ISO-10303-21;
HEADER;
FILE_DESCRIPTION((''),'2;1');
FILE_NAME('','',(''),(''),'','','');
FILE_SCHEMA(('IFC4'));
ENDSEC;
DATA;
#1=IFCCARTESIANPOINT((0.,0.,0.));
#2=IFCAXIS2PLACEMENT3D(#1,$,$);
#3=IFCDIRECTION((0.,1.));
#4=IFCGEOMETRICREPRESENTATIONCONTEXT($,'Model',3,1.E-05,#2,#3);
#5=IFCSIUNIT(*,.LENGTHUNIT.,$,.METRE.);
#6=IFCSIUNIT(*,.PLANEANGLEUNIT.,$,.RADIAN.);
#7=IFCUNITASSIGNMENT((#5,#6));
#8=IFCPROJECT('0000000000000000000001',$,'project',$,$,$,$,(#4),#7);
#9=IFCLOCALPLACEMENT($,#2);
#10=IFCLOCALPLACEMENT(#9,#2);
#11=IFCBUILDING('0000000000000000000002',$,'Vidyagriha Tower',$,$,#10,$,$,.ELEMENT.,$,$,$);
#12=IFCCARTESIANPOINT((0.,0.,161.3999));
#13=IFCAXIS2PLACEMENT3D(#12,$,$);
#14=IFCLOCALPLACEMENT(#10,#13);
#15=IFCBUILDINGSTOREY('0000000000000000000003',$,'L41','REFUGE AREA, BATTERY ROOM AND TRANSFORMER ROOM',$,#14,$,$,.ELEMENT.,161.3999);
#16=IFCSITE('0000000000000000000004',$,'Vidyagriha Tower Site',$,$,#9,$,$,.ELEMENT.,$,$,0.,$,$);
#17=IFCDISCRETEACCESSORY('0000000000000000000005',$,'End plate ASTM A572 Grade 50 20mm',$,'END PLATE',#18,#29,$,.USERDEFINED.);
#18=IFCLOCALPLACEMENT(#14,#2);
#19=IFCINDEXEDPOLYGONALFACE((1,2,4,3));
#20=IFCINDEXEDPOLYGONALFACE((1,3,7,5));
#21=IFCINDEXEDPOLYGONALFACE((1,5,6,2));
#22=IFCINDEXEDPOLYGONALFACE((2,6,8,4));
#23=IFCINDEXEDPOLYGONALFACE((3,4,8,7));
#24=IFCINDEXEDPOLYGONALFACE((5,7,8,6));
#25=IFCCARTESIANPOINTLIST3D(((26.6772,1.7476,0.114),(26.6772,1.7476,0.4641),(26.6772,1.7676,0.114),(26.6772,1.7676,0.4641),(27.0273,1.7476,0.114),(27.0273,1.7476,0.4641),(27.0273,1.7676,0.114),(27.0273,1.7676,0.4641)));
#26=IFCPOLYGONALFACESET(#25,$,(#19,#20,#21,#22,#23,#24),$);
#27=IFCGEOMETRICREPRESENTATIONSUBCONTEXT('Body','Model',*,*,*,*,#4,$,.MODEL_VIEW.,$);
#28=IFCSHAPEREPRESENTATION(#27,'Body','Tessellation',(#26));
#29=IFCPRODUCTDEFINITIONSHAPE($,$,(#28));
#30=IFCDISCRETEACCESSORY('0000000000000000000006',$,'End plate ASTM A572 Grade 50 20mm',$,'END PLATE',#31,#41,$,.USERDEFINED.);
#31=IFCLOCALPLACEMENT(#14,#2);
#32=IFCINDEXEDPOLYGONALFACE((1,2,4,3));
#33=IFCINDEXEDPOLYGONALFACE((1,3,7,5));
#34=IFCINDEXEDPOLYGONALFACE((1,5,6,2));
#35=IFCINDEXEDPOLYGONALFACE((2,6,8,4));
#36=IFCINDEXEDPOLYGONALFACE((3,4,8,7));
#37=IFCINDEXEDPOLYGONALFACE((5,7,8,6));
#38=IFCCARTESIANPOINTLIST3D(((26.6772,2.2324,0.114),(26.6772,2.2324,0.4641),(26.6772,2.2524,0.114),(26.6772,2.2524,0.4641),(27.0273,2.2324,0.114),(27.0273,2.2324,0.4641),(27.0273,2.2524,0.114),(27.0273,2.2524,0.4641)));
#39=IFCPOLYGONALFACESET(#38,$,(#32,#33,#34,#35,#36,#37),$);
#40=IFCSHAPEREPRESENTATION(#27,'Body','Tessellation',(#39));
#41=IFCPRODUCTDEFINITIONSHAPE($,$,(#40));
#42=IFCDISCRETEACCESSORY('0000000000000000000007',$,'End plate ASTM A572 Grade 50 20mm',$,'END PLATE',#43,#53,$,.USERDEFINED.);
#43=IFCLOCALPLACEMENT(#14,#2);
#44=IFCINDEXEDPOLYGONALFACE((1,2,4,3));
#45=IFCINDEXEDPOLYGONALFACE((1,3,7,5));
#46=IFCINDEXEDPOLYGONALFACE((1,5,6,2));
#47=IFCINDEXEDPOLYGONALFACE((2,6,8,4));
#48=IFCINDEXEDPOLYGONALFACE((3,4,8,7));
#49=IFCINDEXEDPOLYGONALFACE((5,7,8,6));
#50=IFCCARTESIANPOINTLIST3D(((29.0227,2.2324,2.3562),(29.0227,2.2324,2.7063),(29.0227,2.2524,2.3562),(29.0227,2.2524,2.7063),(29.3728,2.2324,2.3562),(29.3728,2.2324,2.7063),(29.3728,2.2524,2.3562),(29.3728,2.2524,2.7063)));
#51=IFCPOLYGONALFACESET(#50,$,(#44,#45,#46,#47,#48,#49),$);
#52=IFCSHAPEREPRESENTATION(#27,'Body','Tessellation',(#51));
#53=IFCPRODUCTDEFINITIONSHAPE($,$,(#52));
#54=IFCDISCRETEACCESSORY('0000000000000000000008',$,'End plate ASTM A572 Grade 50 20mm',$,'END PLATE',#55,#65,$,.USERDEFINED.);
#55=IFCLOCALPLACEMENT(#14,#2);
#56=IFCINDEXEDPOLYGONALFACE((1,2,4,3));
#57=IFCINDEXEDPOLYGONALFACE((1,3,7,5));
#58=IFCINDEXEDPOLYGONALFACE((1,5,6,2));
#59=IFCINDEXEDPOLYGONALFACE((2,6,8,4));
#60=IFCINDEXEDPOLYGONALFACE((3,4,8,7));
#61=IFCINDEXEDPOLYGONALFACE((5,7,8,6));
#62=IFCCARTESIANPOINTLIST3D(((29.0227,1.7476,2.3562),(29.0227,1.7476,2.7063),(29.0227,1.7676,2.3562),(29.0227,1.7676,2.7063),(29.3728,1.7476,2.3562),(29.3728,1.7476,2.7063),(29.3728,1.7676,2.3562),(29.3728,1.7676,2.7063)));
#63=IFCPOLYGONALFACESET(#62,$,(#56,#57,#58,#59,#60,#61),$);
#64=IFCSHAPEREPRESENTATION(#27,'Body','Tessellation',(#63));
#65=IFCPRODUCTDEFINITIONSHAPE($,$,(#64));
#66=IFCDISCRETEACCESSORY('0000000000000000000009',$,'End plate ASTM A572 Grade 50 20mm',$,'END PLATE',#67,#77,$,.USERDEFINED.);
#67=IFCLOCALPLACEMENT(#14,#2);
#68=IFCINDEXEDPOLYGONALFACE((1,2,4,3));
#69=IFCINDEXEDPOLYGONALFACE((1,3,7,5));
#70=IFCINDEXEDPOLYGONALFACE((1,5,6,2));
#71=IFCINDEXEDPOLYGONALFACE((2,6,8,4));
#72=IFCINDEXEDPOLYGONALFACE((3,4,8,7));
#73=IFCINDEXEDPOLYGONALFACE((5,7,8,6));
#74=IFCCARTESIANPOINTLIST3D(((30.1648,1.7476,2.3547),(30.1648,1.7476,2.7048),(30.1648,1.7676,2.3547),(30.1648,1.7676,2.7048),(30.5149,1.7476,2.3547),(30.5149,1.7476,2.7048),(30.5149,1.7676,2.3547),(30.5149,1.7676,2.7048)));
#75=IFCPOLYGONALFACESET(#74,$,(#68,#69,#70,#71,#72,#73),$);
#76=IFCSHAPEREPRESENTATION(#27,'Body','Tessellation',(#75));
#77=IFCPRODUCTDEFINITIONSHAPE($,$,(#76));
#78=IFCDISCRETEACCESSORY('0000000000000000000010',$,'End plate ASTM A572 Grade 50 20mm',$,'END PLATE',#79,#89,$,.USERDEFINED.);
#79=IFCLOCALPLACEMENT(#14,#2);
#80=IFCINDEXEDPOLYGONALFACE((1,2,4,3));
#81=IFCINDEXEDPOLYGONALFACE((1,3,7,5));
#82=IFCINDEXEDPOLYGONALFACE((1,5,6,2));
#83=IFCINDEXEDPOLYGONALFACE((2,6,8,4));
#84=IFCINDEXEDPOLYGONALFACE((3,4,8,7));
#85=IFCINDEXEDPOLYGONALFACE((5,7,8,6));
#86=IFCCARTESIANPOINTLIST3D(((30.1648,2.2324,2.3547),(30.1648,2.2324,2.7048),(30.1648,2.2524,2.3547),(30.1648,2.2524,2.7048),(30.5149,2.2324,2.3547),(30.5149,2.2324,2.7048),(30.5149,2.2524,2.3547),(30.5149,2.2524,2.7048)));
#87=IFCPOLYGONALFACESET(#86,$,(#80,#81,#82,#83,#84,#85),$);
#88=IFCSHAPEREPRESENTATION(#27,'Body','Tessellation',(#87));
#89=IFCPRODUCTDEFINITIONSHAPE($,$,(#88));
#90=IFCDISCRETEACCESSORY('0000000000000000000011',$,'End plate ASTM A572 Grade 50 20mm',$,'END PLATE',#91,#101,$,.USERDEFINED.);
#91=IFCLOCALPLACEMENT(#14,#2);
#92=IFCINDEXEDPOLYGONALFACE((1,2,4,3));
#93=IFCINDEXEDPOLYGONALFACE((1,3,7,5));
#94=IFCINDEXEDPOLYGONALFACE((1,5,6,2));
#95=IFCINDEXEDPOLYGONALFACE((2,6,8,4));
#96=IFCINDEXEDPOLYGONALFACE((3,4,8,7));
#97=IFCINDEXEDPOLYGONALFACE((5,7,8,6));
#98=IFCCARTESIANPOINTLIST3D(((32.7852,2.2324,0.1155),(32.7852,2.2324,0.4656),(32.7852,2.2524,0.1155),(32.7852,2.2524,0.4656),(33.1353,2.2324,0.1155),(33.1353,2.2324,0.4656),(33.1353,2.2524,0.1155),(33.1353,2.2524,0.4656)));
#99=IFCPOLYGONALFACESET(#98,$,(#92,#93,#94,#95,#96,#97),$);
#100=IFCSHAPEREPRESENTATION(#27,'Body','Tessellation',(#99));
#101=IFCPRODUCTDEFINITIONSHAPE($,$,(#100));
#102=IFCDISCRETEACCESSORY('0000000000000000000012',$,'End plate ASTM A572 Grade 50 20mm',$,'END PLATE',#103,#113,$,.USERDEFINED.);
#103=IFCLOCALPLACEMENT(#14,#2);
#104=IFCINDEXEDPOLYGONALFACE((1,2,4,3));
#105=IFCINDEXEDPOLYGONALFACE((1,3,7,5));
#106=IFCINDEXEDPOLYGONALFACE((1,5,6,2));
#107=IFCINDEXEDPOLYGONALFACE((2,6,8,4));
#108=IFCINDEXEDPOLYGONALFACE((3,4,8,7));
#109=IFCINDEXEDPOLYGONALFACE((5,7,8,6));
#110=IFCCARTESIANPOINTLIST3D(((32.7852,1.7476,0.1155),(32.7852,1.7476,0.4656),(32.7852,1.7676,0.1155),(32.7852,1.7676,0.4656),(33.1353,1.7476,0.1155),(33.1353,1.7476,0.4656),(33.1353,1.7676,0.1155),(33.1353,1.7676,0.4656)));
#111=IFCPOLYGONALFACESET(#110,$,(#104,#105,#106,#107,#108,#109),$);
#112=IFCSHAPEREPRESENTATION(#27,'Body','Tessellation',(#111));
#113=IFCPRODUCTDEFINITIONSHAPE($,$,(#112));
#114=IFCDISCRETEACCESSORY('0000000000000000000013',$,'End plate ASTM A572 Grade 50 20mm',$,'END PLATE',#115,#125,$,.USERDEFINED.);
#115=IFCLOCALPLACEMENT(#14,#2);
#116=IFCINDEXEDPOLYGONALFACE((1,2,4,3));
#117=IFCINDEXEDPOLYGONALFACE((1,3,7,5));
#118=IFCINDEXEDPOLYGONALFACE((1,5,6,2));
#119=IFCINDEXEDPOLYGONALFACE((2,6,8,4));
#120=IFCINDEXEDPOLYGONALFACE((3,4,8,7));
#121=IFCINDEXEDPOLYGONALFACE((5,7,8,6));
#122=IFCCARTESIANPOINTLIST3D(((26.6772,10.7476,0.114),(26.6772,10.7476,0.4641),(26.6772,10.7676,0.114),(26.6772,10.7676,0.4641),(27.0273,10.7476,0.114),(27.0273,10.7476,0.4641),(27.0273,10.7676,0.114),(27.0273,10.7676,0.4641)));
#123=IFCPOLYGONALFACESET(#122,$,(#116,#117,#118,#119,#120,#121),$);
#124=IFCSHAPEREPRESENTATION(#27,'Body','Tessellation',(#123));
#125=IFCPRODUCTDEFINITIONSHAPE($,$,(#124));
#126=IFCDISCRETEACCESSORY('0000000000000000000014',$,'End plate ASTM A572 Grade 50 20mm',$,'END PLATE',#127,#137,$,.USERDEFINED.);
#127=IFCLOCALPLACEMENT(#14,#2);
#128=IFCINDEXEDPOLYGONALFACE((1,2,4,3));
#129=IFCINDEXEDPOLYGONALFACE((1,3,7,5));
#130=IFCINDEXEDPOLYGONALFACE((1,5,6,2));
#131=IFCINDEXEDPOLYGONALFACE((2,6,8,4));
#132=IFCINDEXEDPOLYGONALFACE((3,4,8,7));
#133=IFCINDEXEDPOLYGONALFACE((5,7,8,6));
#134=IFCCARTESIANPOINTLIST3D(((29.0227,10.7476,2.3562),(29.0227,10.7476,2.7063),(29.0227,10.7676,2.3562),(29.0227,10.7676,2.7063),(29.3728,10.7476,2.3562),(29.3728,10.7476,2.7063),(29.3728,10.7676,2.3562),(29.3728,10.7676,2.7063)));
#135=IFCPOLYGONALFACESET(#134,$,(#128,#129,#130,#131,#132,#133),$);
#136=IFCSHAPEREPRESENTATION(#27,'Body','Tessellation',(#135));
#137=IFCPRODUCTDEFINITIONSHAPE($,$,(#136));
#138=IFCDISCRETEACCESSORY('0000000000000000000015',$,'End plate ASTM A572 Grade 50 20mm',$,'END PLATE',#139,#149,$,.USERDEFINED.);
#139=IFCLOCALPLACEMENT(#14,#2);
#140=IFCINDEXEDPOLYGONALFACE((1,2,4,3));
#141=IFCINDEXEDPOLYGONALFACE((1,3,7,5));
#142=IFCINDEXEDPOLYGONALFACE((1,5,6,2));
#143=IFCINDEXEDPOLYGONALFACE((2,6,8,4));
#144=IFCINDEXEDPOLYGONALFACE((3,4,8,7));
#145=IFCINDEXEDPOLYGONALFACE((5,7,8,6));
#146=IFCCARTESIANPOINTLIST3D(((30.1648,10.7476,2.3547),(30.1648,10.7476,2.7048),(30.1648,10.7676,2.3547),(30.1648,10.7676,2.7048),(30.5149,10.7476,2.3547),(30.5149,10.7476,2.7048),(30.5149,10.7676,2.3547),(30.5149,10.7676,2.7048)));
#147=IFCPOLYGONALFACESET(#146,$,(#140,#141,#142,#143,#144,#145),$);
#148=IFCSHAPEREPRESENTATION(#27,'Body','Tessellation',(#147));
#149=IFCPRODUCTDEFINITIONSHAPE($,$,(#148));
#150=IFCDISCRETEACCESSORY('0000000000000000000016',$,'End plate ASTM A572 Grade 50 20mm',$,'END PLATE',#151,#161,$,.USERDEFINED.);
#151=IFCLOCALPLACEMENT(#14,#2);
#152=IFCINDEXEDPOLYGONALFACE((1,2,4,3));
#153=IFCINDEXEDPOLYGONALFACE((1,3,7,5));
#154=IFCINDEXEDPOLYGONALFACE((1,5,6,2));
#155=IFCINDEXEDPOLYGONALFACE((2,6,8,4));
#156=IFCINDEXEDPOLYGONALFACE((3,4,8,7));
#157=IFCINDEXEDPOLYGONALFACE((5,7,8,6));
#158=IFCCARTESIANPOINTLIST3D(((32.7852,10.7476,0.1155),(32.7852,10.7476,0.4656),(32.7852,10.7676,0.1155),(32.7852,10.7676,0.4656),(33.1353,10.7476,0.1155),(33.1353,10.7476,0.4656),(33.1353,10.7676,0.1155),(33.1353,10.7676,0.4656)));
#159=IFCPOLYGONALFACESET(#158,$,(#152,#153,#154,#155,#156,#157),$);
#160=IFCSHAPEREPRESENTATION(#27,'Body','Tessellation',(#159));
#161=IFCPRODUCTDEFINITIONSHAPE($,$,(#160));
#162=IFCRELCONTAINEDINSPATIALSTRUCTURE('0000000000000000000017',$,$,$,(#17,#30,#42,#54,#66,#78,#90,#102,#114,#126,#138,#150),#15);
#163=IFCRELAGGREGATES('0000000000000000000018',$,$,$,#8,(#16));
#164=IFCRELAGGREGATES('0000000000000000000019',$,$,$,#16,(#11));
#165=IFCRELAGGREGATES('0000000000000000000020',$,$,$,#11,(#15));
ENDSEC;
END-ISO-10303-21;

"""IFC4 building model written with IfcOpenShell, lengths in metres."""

from ifc_helpers import new_model, si_unit, direction, frame, origin, origin_2d, place, context, subcontext, project, spatial, rectangle, extrude, element, save


model = new_model("IFC4")

# Units and contexts
model_context = context("Model", 3, precision=1e-05, world=origin(), true_north=direction((0.0, 1.0)))
body_context = subcontext(model_context, "Body", "Model", "MODEL_VIEW")
ifc_project = project(units=[si_unit("LENGTHUNIT", "METRE"), si_unit("PLANEANGLEUNIT", "RADIAN")], contexts=[model_context])

# Site, building, storey
site_placement = place(None, origin())
site = spatial("IfcSite", under=ifc_project, at=site_placement, Name="Vidyagriha Tower Site", CompositionType="ELEMENT", RefElevation=0.0)
building_placement = place(site_placement, origin())
building = spatial("IfcBuilding", under=site, at=building_placement, Name="Vidyagriha Tower", CompositionType="ELEMENT")
storey_placement = place(building_placement, frame((0.0, 0.0, 161.3999)))
storey = spatial("IfcBuildingStorey", under=building, at=storey_placement, Name="L41", Description="REFUGE AREA, BATTERY ROOM AND TRANSFORMER ROOM", CompositionType="ELEMENT", Elevation=161.3999)

# Discrete accessories
for number, where, z_axis, x_axis, name in (
    (1, (26.8523, 1.7576, 0.114), (0.0, 0.0, 1.0), (-1.0, 0.0, 0.0), "End plate ASTM A572 Grade 50 20mm"),
    (2, (26.8523, 2.2424, 0.114), (0.0, 0.0, 1.0), (-1.0, 0.0, 0.0), "End plate ASTM A572 Grade 50 20mm"),
):
    element("IfcDiscreteAccessory", number, at=place(storey_placement, frame(where, z_axis=z_axis, x_axis=x_axis)), inside=storey, Name=name, ObjectType="END PLATE", PredefinedType="USERDEFINED", context=body_context, shape_type="SweptSolid", body=[
        extrude(rectangle(XDim=0.3501, YDim=0.02, at=origin_2d()), origin(), (0.0, 0.0, 1.0), 0.3501),
    ])
for number, where, name in (
    (3, (29.1978, 2.2424, 2.3562), "End plate ASTM A572 Grade 50 20mm"),
    (4, (29.1978, 1.7576, 2.3562), "End plate ASTM A572 Grade 50 20mm"),
):
    element("IfcDiscreteAccessory", number, at=place(storey_placement, frame(where)), inside=storey, Name=name, ObjectType="END PLATE", PredefinedType="USERDEFINED", context=body_context, shape_type="SweptSolid", body=[
        extrude(rectangle(XDim=0.3501, YDim=0.02, at=origin_2d()), origin(), (0.0, 0.0, 1.0), 0.3501),
    ])
for number, where, z_axis, x_axis, name in (
    (5, (30.3398, 1.7576, 2.3547), (0.0, 0.0, 1.0), (-1.0, 0.0, 0.0), "End plate ASTM A572 Grade 50 20mm"),
    (6, (30.3398, 2.2424, 2.3547), (0.0, 0.0, 1.0), (-1.0, 0.0, 0.0), "End plate ASTM A572 Grade 50 20mm"),
):
    element("IfcDiscreteAccessory", number, at=place(storey_placement, frame(where, z_axis=z_axis, x_axis=x_axis)), inside=storey, Name=name, ObjectType="END PLATE", PredefinedType="USERDEFINED", context=body_context, shape_type="SweptSolid", body=[
        extrude(rectangle(XDim=0.3501, YDim=0.02, at=origin_2d()), origin(), (0.0, 0.0, 1.0), 0.3501),
    ])
for number, where, name in (
    (7, (32.9602, 2.2424, 0.1155), "End plate ASTM A572 Grade 50 20mm"),
    (8, (32.9602, 1.7576, 0.1155), "End plate ASTM A572 Grade 50 20mm"),
):
    element("IfcDiscreteAccessory", number, at=place(storey_placement, frame(where)), inside=storey, Name=name, ObjectType="END PLATE", PredefinedType="USERDEFINED", context=body_context, shape_type="SweptSolid", body=[
        extrude(rectangle(XDim=0.3501, YDim=0.02, at=origin_2d()), origin(), (0.0, 0.0, 1.0), 0.3501),
    ])
discrete_accessory_1_placement = place(storey_placement, frame((26.8523, 10.7576, 0.114), z_axis=(0.0, 0.0, 1.0), x_axis=(-1.0, 0.0, 0.0)))
element("IfcDiscreteAccessory", 9, at=discrete_accessory_1_placement, inside=storey, Name="End plate ASTM A572 Grade 50 20mm", ObjectType="END PLATE", PredefinedType="USERDEFINED", context=body_context, shape_type="SweptSolid", body=[
    extrude(rectangle(XDim=0.3501, YDim=0.02, at=origin_2d()), origin(), (0.0, 0.0, 1.0), 0.3501),
])
discrete_accessory_2_placement = place(storey_placement, frame((29.1978, 10.7576, 2.3562)))
element("IfcDiscreteAccessory", 10, at=discrete_accessory_2_placement, inside=storey, Name="End plate ASTM A572 Grade 50 20mm", ObjectType="END PLATE", PredefinedType="USERDEFINED", context=body_context, shape_type="SweptSolid", body=[
    extrude(rectangle(XDim=0.3501, YDim=0.02, at=origin_2d()), origin(), (0.0, 0.0, 1.0), 0.3501),
])
discrete_accessory_3_placement = place(storey_placement, frame((30.3398, 10.7576, 2.3547), z_axis=(0.0, 0.0, 1.0), x_axis=(-1.0, 0.0, 0.0)))
element("IfcDiscreteAccessory", 11, at=discrete_accessory_3_placement, inside=storey, Name="End plate ASTM A572 Grade 50 20mm", ObjectType="END PLATE", PredefinedType="USERDEFINED", context=body_context, shape_type="SweptSolid", body=[
    extrude(rectangle(XDim=0.3501, YDim=0.02, at=origin_2d()), origin(), (0.0, 0.0, 1.0), 0.3501),
])
discrete_accessory_4_placement = place(storey_placement, frame((32.9602, 10.7576, 0.1155)))
element("IfcDiscreteAccessory", 12, at=discrete_accessory_4_placement, inside=storey, Name="End plate ASTM A572 Grade 50 20mm", ObjectType="END PLATE", PredefinedType="USERDEFINED", context=body_context, shape_type="SweptSolid", body=[
    extrude(rectangle(XDim=0.3501, YDim=0.02, at=origin_2d()), origin(), (0.0, 0.0, 1.0), 0.3501),
])

save(model, "model.ifc")
